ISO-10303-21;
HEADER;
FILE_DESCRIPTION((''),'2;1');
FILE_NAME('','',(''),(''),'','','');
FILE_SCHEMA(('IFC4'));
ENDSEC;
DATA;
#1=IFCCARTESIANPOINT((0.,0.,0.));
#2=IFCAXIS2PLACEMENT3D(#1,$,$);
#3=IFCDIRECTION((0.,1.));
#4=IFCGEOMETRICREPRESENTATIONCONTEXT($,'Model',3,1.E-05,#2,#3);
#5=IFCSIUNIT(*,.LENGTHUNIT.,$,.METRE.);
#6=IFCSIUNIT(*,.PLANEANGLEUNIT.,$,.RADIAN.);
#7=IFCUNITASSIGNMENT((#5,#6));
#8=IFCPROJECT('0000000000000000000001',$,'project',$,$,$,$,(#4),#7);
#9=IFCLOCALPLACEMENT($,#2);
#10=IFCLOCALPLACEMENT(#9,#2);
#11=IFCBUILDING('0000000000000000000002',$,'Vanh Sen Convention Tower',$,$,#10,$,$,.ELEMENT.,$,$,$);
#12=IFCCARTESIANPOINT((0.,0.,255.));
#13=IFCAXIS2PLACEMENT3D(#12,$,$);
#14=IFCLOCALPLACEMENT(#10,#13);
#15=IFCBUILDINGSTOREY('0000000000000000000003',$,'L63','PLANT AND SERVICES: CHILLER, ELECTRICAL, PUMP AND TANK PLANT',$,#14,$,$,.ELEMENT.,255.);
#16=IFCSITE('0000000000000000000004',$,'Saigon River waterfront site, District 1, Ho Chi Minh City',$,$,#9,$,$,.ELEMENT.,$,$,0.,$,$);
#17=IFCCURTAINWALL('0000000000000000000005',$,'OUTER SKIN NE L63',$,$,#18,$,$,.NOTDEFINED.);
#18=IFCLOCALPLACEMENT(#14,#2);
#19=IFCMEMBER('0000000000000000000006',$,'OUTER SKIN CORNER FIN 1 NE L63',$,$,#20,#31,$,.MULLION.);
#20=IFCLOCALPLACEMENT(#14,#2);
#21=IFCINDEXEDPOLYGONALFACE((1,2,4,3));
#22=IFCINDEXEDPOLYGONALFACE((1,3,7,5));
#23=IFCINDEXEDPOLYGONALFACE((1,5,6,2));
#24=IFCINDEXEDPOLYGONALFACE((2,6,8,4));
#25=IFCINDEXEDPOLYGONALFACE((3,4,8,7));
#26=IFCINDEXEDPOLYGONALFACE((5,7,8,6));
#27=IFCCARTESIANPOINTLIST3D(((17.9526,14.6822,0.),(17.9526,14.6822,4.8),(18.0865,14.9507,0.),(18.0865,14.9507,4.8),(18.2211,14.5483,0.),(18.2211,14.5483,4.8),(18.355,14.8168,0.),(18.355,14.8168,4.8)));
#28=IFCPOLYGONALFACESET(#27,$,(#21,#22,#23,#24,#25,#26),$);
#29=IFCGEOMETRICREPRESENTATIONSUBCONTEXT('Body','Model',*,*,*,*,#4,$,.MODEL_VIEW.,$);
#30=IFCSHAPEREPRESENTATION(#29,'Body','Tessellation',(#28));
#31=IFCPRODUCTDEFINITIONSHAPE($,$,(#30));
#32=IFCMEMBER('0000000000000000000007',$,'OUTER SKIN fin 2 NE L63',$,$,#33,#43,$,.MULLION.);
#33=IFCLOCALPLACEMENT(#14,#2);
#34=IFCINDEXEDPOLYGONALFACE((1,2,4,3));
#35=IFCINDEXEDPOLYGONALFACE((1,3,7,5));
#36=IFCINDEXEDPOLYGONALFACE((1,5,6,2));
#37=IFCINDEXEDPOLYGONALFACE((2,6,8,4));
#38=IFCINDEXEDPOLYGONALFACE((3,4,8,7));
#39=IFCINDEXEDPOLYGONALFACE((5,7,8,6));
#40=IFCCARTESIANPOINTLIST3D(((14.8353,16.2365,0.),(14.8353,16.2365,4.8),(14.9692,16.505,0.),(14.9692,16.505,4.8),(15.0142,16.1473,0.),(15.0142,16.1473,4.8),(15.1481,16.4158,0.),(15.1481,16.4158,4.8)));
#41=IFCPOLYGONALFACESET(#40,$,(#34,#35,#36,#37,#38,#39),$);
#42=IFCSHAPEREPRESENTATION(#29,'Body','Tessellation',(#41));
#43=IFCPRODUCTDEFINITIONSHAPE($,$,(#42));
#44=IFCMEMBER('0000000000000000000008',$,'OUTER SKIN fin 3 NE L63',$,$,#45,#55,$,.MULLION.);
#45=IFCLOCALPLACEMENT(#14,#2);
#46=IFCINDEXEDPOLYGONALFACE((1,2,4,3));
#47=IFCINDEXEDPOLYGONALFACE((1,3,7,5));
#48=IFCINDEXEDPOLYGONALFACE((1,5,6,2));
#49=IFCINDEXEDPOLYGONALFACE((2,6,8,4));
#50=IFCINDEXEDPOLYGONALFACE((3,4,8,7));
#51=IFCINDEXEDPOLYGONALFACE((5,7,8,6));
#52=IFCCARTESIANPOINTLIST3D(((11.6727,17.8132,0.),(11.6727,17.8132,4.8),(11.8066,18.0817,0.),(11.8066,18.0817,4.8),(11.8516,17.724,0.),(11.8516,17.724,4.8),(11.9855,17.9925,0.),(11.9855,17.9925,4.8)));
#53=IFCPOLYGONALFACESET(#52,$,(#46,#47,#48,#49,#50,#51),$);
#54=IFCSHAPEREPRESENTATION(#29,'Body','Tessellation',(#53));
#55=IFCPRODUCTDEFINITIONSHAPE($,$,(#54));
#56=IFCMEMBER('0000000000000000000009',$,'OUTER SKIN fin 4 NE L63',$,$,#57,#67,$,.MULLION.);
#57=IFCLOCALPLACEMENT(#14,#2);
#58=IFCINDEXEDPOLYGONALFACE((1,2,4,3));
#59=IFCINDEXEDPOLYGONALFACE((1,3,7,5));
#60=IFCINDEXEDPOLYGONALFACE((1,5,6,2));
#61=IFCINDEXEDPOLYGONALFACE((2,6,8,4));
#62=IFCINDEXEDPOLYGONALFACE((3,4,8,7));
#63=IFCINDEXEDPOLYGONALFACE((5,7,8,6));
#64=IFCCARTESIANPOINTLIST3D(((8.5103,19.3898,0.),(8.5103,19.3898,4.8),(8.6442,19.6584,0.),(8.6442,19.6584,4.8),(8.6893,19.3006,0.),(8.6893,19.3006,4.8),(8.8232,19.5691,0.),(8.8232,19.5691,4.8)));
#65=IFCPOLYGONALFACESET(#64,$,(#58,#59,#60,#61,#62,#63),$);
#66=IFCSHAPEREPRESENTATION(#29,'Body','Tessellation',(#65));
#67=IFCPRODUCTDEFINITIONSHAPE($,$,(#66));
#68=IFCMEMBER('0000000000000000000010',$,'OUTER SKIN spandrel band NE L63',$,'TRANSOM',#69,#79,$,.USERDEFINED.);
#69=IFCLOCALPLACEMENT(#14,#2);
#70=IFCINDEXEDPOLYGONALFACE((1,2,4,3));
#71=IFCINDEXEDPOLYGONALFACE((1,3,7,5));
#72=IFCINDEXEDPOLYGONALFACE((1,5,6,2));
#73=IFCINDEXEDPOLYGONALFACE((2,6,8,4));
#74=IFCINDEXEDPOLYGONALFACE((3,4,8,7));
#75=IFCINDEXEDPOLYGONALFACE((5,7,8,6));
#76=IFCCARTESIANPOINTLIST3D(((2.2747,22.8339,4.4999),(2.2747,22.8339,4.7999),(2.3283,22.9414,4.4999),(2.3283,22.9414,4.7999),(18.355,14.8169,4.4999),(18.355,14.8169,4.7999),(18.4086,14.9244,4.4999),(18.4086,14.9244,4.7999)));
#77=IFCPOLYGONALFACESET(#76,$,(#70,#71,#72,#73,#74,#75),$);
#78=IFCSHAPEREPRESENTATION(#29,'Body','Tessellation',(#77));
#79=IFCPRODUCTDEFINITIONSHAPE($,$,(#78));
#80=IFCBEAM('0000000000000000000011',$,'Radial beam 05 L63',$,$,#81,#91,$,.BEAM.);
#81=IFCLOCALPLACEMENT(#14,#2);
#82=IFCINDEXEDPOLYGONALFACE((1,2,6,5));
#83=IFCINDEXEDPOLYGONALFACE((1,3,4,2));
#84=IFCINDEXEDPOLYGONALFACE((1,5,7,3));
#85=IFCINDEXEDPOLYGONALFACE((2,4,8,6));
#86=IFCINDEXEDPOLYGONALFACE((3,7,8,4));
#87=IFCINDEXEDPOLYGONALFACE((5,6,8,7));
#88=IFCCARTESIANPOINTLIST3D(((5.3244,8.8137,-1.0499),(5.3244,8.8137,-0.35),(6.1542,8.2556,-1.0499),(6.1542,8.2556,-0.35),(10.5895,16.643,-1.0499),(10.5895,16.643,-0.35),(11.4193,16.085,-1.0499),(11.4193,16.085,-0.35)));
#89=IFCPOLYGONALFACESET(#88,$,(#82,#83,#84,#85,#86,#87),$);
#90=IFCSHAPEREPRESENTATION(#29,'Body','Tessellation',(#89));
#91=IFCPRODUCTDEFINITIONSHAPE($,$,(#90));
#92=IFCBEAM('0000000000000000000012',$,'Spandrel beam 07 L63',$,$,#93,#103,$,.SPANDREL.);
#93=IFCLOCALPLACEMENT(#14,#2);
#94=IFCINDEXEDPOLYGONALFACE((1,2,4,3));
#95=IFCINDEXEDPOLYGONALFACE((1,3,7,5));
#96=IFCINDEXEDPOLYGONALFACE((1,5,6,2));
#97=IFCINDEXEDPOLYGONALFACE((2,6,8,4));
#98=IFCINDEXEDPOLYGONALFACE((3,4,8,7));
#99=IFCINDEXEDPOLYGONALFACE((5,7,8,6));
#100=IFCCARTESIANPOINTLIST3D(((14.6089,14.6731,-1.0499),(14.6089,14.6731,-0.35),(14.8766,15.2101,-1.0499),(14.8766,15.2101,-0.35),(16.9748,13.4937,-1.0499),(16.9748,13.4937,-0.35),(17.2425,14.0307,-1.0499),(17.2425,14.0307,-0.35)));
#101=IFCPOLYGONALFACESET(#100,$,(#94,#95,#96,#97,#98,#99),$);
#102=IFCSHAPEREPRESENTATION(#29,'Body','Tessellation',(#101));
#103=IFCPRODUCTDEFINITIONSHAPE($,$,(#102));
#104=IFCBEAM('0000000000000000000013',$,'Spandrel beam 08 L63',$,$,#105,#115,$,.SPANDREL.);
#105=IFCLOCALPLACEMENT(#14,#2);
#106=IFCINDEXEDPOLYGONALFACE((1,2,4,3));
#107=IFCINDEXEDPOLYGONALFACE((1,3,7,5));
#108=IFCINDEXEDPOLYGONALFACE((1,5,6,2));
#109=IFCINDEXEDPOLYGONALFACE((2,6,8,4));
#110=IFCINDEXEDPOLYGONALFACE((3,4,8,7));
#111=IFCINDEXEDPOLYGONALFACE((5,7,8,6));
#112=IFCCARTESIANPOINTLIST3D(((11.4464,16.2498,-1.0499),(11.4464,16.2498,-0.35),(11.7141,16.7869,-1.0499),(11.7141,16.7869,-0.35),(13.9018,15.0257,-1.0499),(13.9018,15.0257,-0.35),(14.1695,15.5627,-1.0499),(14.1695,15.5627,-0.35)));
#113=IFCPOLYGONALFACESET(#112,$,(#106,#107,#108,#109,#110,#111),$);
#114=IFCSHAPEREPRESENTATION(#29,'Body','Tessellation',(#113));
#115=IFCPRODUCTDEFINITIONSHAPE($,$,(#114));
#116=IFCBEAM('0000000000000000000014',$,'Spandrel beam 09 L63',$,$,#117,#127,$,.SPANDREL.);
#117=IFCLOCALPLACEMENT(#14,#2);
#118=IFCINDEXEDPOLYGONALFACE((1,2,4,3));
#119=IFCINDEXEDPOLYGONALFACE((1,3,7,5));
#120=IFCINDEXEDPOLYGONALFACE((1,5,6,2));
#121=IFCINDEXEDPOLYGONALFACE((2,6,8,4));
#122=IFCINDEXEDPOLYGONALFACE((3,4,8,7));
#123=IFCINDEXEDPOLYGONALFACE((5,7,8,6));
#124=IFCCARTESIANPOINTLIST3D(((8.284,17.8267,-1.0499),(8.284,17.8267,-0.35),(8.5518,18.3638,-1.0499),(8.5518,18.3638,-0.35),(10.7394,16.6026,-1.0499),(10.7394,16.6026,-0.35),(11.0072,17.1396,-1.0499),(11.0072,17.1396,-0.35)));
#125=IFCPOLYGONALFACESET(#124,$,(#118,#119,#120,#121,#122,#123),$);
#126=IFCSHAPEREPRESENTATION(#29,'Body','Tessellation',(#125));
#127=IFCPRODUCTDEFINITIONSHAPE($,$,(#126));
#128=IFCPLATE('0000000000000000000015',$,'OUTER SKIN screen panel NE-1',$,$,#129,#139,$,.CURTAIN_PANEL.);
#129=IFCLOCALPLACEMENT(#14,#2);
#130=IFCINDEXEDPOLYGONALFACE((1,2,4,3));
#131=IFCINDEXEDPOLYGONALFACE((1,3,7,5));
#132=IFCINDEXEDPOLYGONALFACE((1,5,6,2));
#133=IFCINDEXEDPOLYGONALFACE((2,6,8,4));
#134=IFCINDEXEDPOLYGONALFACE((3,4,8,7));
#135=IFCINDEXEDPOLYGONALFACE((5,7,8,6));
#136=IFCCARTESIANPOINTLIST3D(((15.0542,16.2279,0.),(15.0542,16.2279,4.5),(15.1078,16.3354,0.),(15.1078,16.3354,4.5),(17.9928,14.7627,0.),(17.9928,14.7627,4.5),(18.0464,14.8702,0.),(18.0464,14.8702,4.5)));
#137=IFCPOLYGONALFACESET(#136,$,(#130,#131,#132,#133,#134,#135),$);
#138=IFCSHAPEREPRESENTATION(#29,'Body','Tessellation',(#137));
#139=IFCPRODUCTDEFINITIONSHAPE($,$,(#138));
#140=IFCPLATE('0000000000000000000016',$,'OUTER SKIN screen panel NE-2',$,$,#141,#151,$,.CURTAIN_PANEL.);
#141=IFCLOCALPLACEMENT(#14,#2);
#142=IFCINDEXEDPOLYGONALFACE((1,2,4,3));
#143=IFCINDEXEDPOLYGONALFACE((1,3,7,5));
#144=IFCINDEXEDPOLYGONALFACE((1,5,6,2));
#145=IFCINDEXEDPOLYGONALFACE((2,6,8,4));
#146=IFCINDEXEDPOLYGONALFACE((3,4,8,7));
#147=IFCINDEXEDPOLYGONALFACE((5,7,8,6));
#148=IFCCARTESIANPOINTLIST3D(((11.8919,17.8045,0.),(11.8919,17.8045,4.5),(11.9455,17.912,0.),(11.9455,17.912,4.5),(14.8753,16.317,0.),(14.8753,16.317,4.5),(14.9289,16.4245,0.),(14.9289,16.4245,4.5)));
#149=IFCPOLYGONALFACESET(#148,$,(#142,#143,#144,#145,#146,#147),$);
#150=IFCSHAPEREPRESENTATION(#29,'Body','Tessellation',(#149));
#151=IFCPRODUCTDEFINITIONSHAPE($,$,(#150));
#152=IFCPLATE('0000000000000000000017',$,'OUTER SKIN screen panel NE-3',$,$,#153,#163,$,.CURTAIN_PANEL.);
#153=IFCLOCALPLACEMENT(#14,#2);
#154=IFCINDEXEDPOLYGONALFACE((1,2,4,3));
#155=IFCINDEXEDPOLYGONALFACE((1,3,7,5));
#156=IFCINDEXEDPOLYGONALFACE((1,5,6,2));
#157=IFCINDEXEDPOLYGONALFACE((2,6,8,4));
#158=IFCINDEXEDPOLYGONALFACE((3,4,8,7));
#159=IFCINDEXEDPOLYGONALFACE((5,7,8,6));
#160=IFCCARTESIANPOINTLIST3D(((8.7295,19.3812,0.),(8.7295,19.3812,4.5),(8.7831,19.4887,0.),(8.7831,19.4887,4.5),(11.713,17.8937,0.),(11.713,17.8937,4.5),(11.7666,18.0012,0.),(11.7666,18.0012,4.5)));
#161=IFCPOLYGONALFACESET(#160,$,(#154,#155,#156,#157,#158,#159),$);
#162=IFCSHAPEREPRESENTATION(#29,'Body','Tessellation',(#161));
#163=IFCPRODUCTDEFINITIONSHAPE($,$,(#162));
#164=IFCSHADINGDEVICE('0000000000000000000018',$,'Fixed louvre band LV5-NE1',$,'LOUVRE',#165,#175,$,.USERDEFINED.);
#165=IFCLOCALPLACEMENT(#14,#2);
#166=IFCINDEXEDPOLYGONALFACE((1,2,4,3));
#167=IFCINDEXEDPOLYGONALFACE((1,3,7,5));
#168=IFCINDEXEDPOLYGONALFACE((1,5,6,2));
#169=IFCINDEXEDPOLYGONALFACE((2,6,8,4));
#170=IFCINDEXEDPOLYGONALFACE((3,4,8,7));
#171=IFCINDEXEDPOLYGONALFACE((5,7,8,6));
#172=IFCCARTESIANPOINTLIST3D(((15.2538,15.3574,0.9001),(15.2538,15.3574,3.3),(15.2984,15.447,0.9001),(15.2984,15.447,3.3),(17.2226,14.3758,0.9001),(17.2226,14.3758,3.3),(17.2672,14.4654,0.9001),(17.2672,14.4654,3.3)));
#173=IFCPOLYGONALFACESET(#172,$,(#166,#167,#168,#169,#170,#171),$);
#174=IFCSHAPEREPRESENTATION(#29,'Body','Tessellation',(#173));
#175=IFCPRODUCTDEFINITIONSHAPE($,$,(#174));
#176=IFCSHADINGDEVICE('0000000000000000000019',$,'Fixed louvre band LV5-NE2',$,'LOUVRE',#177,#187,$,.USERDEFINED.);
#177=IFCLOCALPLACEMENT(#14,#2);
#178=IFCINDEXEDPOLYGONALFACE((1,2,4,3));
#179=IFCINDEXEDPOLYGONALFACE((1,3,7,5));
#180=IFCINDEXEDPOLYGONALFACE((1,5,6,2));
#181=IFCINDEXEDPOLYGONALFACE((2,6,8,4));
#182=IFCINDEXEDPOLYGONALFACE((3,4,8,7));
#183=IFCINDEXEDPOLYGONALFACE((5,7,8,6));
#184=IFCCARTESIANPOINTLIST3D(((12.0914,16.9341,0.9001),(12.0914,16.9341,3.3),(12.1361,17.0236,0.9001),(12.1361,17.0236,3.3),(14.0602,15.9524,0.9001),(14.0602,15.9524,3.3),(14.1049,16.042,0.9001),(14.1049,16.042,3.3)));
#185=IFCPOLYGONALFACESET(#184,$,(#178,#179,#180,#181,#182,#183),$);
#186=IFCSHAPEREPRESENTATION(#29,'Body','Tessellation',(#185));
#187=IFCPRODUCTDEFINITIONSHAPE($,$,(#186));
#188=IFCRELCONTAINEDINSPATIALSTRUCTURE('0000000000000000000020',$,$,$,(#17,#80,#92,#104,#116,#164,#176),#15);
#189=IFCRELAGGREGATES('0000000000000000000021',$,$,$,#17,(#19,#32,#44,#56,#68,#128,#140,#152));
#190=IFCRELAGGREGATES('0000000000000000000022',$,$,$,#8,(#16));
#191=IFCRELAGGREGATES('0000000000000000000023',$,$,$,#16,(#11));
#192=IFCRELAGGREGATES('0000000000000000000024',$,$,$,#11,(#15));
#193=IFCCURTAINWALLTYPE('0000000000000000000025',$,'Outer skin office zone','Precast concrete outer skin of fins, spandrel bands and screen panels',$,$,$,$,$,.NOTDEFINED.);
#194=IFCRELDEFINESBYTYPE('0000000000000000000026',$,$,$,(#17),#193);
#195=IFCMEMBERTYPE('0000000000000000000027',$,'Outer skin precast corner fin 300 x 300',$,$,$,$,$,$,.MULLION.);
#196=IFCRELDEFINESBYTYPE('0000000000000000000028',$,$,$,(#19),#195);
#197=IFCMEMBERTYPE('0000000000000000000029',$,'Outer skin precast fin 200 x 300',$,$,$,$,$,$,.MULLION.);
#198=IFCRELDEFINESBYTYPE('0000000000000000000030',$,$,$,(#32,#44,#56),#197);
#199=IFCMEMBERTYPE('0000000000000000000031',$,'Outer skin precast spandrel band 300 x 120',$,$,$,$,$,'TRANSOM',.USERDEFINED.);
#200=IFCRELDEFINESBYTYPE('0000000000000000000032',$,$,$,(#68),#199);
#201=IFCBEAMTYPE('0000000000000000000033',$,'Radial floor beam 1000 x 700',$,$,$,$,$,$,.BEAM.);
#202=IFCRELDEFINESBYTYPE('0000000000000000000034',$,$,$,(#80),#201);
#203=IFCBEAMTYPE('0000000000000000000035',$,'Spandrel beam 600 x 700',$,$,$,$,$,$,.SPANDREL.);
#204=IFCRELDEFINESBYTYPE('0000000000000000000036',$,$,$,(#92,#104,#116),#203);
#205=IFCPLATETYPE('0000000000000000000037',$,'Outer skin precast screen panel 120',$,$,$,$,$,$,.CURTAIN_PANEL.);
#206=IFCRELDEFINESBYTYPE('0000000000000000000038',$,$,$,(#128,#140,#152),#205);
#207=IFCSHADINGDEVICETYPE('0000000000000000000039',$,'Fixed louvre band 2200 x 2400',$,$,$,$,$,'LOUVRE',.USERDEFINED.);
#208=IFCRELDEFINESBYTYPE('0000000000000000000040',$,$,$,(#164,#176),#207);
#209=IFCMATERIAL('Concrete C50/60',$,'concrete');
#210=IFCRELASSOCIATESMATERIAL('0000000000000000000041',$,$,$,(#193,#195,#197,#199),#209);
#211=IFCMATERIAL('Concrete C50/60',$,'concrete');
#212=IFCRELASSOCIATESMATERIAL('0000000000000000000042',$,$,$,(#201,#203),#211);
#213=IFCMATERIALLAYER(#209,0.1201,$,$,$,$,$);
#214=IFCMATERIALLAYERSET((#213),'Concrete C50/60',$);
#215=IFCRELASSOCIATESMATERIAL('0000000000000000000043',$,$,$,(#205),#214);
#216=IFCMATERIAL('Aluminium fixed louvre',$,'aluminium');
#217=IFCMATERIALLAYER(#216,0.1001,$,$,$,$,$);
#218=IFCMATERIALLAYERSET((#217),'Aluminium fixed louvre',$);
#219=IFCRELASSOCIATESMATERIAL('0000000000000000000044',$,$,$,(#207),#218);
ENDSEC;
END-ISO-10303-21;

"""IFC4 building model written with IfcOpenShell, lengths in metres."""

from ifc_helpers import new_model, si_unit, direction, frame, origin, origin_2d, place, context, subcontext, project, spatial, rectangle, extrude, material, layer, layer_set, material_profile, profile_set, type_object, element, aggregate, save


model = new_model("IFC4")

# Units and contexts
model_context = context("Model", 3, precision=1e-05, world=origin(), true_north=direction((0.0, 1.0)))
body_context = subcontext(model_context, "Body", "Model", "MODEL_VIEW")
ifc_project = project(units=[si_unit("LENGTHUNIT", "METRE"), si_unit("PLANEANGLEUNIT", "RADIAN")], contexts=[model_context])

# Site, building, storey
site_placement = place(None, origin())
site = spatial("IfcSite", under=ifc_project, at=site_placement, Name="Saigon River waterfront site, District 1, Ho Chi Minh City", CompositionType="ELEMENT", RefElevation=0.0)
building_placement = place(site_placement, origin())
building = spatial("IfcBuilding", under=site, at=building_placement, Name="Vanh Sen Convention Tower", CompositionType="ELEMENT")
storey_placement = place(building_placement, frame((0.0, 0.0, 255.0)))
storey = spatial("IfcBuildingStorey", under=building, at=storey_placement, Name="L63", Description="PLANT AND SERVICES: CHILLER, ELECTRICAL, PUMP AND TANK PLANT", CompositionType="ELEMENT", Elevation=255.0)

# Curtain wall, members
ifc_material_1 = material(Name="Concrete C50/60", Category="concrete")
curtain_wall_type = type_object("IfcCurtainWallType", Name="Outer skin office zone", Description="Precast concrete outer skin of fins, spandrel bands and screen panels", PredefinedType="NOTDEFINED", material=ifc_material_1)
curtain_wall_placement = place(storey_placement, origin())
curtain_wall = element("IfcCurtainWall", 1, at=curtain_wall_placement, inside=storey, type_object=curtain_wall_type, Name="OUTER SKIN NE L63", PredefinedType="NOTDEFINED")
ifc_material_profile_1 = material_profile(ifc_material_1, rectangle(XDim=0.3, YDim=0.3, at=origin_2d()), Name="Outer skin precast corner fin 300 x 300")
ifc_profile_set_1 = profile_set([ifc_material_profile_1], Name="Concrete C50/60")
member_type_1 = type_object("IfcMemberType", Name="Outer skin precast corner fin 300 x 300", PredefinedType="MULLION", material=ifc_profile_set_1)
member_1_placement = place(storey_placement, frame((18.1538, 14.7495, 0.0), z_axis=(0.0, 0.0, 1.0), x_axis=(-0.894934, 0.446198, 0.0)))
member_1 = element("IfcMember", 2, at=member_1_placement, type_object=member_type_1, Name="OUTER SKIN CORNER FIN 1 NE L63", PredefinedType="MULLION", context=body_context, shape_type="SweptSolid", body=[
    extrude(rectangle(XDim=0.3, YDim=0.3, at=origin_2d()), origin(), (0.0, 0.0, 1.0), 4.8),
])
ifc_material_profile_2 = material_profile(ifc_material_1, rectangle(XDim=0.2, YDim=0.3, at=origin_2d()), Name="Outer skin precast fin 200 x 300")
ifc_profile_set_2 = profile_set([ifc_material_profile_2], Name="Concrete C50/60")
member_type_2 = type_object("IfcMemberType", Name="Outer skin precast fin 200 x 300", PredefinedType="MULLION", material=ifc_profile_set_2)
member_2_placement = place(storey_placement, frame((14.9917, 16.3262, 0.0), z_axis=(0.0, 0.0, 1.0), x_axis=(-0.894934, 0.446198, 0.0)))
member_2 = element("IfcMember", 3, at=member_2_placement, type_object=member_type_2, Name="OUTER SKIN fin 2 NE L63", PredefinedType="MULLION", context=body_context, shape_type="SweptSolid", body=[
    extrude(rectangle(XDim=0.2, YDim=0.3, at=origin_2d()), origin(), (0.0, 0.0, 1.0), 4.8),
])
member_3_placement = place(storey_placement, frame((11.8291, 17.9028, 0.0), z_axis=(0.0, 0.0, 1.0), x_axis=(-0.894934, 0.446198, 0.0)))
member_3 = element("IfcMember", 4, at=member_3_placement, type_object=member_type_2, Name="OUTER SKIN fin 3 NE L63", PredefinedType="MULLION", context=body_context, shape_type="SweptSolid", body=[
    extrude(rectangle(XDim=0.2, YDim=0.3, at=origin_2d()), origin(), (0.0, 0.0, 1.0), 4.8),
])
member_4_placement = place(storey_placement, frame((8.6667, 19.4795, 0.0), z_axis=(0.0, 0.0, 1.0), x_axis=(-0.894934, 0.446198, 0.0)))
member_4 = element("IfcMember", 5, at=member_4_placement, type_object=member_type_2, Name="OUTER SKIN fin 4 NE L63", PredefinedType="MULLION", context=body_context, shape_type="SweptSolid", body=[
    extrude(rectangle(XDim=0.2, YDim=0.3, at=origin_2d()), origin(), (0.0, 0.0, 1.0), 4.8),
])
ifc_material_profile_3 = material_profile(ifc_material_1, rectangle(XDim=0.1201, YDim=0.3, at=origin_2d()), Name="Outer skin precast spandrel band 300 x 120")
ifc_profile_set_3 = profile_set([ifc_material_profile_3], Name="Concrete C50/60")
member_type_3 = type_object("IfcMemberType", Name="Outer skin precast spandrel band 300 x 120", ElementType="TRANSOM", PredefinedType="USERDEFINED", material=ifc_profile_set_3)
member_5_placement = place(storey_placement, frame((18.3818, 14.8706, 4.6499), z_axis=(-0.89494, 0.446186, 0.0), x_axis=(-0.446186, -0.89494, 0.0)))
member_5 = element("IfcMember", 6, at=member_5_placement, type_object=member_type_3, Name="OUTER SKIN spandrel band NE L63", ObjectType="TRANSOM", PredefinedType="USERDEFINED", context=body_context, shape_type="SweptSolid", body=[
    extrude(rectangle(XDim=0.1201, YDim=0.3, at=origin_2d()), origin(), (0.0, 0.0, 1.0), 17.968),
])

# Beams
ifc_material_2 = material(Name="Concrete C50/60", Category="concrete")
ifc_material_profile_4 = material_profile(ifc_material_2, rectangle(XDim=1.0, YDim=0.7, at=origin_2d()), Name="RC 1000X700")
ifc_profile_set_4 = profile_set([ifc_material_profile_4], Name="Concrete C50/60")
beam_type_1 = type_object("IfcBeamType", Name="Radial floor beam 1000 x 700", PredefinedType="BEAM", material=ifc_profile_set_4)
beam_1_placement = place(storey_placement, frame((11.0044, 16.364, -0.7), z_axis=(-0.55804, -0.829814, 0.0), x_axis=(0.829814, -0.55804, 0.0)))
element("IfcBeam", 7, at=beam_1_placement, inside=storey, type_object=beam_type_1, Name="Radial beam 05 L63", PredefinedType="BEAM", context=body_context, shape_type="SweptSolid", body=[
    extrude(rectangle(XDim=1.0, YDim=0.7, at=origin_2d()), origin(), (0.0, 0.0, 1.0), 9.4351),
])
ifc_material_profile_5 = material_profile(ifc_material_2, rectangle(XDim=0.6001, YDim=0.7, at=origin_2d()), Name="RC 600X700")
ifc_profile_set_5 = profile_set([ifc_material_profile_5], Name="Concrete C50/60")
beam_type_2 = type_object("IfcBeamType", Name="Spandrel beam 600 x 700", PredefinedType="SPANDREL", material=ifc_profile_set_5)
beam_2_placement = place(storey_placement, frame((17.1086, 13.7622, -0.7), z_axis=(-0.894962, 0.446142, 0.0), x_axis=(-0.446142, -0.894962, 0.0)))
element("IfcBeam", 8, at=beam_2_placement, inside=storey, type_object=beam_type_2, Name="Spandrel beam 07 L63", PredefinedType="SPANDREL", context=body_context, shape_type="SweptSolid", body=[
    extrude(rectangle(XDim=0.6001, YDim=0.7, at=origin_2d()), origin(), (0.0, 0.0, 1.0), 2.6436),
])
for number, where, z_axis, x_axis, name in (
    (9, (14.0356, 15.2942, -0.7), (-0.894943, 0.446181, 0.0), (-0.446181, -0.894943, 0.0), "Spandrel beam 08 L63"),
    (10, (10.8733, 16.8711, -0.7), (-0.894943, 0.446181, 0.0), (-0.446181, -0.894943, 0.0), "Spandrel beam 09 L63"),
):
    element("IfcBeam", number, at=place(storey_placement, frame(where, z_axis=z_axis, x_axis=x_axis)), inside=storey, type_object=beam_type_2, Name=name, PredefinedType="SPANDREL", context=body_context, shape_type="SweptSolid", body=[
        extrude(rectangle(XDim=0.6001, YDim=0.7, at=origin_2d()), origin(), (0.0, 0.0, 1.0), 2.7437),
    ])

# Plates
ifc_layer_1 = layer(ifc_material_1, 0.1201)
ifc_layer_set_1 = layer_set([ifc_layer_1], Name="Concrete C50/60")
plate_type = type_object("IfcPlateType", Name="Outer skin precast screen panel 120", PredefinedType="CURTAIN_PANEL", material=ifc_layer_set_1)
plate_1_placement = place(storey_placement, frame((16.5503, 15.5491, 0.0), z_axis=(0.0, 0.0, 1.0), x_axis=(-0.89493, 0.446206, 0.0)))
plate_1 = element("IfcPlate", 11, at=plate_1_placement, type_object=plate_type, Name="OUTER SKIN screen panel NE-1", PredefinedType="CURTAIN_PANEL", context=body_context, shape_type="SweptSolid", body=[
    extrude(rectangle(XDim=3.2837, YDim=0.1201, at=origin_2d()), origin(), (0.0, 0.0, 1.0), 4.5),
])
plate_2_placement = place(storey_placement, frame((13.4104, 17.1145, 0.0), z_axis=(0.0, 0.0, 1.0), x_axis=(-0.894936, 0.446195, 0.0)))
plate_2 = element("IfcPlate", 12, at=plate_2_placement, type_object=plate_type, Name="OUTER SKIN screen panel NE-2", PredefinedType="CURTAIN_PANEL", context=body_context, shape_type="SweptSolid", body=[
    extrude(rectangle(XDim=3.3337, YDim=0.1201, at=origin_2d()), origin(), (0.0, 0.0, 1.0), 4.5),
])
plate_3_placement = place(storey_placement, frame((10.248, 18.6912, 0.0), z_axis=(0.0, 0.0, 1.0), x_axis=(-0.894936, 0.446195, 0.0)))
plate_3 = element("IfcPlate", 13, at=plate_3_placement, type_object=plate_type, Name="OUTER SKIN screen panel NE-3", PredefinedType="CURTAIN_PANEL", context=body_context, shape_type="SweptSolid", body=[
    extrude(rectangle(XDim=3.3337, YDim=0.1201, at=origin_2d()), origin(), (0.0, 0.0, 1.0), 4.5),
])
aggregate(curtain_wall, [member_1, member_2, member_3, member_4, member_5, plate_1, plate_2, plate_3])

# Shading devices
ifc_material_3 = material(Name="Aluminium fixed louvre", Category="aluminium")
ifc_layer_2 = layer(ifc_material_3, 0.1001)
ifc_layer_set_2 = layer_set([ifc_layer_2], Name="Aluminium fixed louvre")
shading_device_type = type_object("IfcShadingDeviceType", Name="Fixed louvre band 2200 x 2400", ElementType="LOUVRE", PredefinedType="USERDEFINED", material=ifc_layer_set_2)
for number, where, z_axis, x_axis, name in (
    (14, (16.2605, 14.9114, 0.9001), (0.0, 0.0, 1.0), (-0.894935, 0.446196, 0.0), "Fixed louvre band LV5-NE1"),
    (15, (13.0981, 16.488, 0.9001), (0.0, 0.0, 1.0), (-0.894935, 0.446196, 0.0), "Fixed louvre band LV5-NE2"),
):
    element("IfcShadingDevice", number, at=place(storey_placement, frame(where, z_axis=z_axis, x_axis=x_axis)), inside=storey, type_object=shading_device_type, Name=name, ObjectType="LOUVRE", PredefinedType="USERDEFINED", context=body_context, shape_type="SweptSolid", body=[
        extrude(rectangle(XDim=2.2, YDim=0.1001, at=origin_2d()), origin(), (0.0, 0.0, 1.0), 2.3999),
    ])

save(model, "model.ifc")
